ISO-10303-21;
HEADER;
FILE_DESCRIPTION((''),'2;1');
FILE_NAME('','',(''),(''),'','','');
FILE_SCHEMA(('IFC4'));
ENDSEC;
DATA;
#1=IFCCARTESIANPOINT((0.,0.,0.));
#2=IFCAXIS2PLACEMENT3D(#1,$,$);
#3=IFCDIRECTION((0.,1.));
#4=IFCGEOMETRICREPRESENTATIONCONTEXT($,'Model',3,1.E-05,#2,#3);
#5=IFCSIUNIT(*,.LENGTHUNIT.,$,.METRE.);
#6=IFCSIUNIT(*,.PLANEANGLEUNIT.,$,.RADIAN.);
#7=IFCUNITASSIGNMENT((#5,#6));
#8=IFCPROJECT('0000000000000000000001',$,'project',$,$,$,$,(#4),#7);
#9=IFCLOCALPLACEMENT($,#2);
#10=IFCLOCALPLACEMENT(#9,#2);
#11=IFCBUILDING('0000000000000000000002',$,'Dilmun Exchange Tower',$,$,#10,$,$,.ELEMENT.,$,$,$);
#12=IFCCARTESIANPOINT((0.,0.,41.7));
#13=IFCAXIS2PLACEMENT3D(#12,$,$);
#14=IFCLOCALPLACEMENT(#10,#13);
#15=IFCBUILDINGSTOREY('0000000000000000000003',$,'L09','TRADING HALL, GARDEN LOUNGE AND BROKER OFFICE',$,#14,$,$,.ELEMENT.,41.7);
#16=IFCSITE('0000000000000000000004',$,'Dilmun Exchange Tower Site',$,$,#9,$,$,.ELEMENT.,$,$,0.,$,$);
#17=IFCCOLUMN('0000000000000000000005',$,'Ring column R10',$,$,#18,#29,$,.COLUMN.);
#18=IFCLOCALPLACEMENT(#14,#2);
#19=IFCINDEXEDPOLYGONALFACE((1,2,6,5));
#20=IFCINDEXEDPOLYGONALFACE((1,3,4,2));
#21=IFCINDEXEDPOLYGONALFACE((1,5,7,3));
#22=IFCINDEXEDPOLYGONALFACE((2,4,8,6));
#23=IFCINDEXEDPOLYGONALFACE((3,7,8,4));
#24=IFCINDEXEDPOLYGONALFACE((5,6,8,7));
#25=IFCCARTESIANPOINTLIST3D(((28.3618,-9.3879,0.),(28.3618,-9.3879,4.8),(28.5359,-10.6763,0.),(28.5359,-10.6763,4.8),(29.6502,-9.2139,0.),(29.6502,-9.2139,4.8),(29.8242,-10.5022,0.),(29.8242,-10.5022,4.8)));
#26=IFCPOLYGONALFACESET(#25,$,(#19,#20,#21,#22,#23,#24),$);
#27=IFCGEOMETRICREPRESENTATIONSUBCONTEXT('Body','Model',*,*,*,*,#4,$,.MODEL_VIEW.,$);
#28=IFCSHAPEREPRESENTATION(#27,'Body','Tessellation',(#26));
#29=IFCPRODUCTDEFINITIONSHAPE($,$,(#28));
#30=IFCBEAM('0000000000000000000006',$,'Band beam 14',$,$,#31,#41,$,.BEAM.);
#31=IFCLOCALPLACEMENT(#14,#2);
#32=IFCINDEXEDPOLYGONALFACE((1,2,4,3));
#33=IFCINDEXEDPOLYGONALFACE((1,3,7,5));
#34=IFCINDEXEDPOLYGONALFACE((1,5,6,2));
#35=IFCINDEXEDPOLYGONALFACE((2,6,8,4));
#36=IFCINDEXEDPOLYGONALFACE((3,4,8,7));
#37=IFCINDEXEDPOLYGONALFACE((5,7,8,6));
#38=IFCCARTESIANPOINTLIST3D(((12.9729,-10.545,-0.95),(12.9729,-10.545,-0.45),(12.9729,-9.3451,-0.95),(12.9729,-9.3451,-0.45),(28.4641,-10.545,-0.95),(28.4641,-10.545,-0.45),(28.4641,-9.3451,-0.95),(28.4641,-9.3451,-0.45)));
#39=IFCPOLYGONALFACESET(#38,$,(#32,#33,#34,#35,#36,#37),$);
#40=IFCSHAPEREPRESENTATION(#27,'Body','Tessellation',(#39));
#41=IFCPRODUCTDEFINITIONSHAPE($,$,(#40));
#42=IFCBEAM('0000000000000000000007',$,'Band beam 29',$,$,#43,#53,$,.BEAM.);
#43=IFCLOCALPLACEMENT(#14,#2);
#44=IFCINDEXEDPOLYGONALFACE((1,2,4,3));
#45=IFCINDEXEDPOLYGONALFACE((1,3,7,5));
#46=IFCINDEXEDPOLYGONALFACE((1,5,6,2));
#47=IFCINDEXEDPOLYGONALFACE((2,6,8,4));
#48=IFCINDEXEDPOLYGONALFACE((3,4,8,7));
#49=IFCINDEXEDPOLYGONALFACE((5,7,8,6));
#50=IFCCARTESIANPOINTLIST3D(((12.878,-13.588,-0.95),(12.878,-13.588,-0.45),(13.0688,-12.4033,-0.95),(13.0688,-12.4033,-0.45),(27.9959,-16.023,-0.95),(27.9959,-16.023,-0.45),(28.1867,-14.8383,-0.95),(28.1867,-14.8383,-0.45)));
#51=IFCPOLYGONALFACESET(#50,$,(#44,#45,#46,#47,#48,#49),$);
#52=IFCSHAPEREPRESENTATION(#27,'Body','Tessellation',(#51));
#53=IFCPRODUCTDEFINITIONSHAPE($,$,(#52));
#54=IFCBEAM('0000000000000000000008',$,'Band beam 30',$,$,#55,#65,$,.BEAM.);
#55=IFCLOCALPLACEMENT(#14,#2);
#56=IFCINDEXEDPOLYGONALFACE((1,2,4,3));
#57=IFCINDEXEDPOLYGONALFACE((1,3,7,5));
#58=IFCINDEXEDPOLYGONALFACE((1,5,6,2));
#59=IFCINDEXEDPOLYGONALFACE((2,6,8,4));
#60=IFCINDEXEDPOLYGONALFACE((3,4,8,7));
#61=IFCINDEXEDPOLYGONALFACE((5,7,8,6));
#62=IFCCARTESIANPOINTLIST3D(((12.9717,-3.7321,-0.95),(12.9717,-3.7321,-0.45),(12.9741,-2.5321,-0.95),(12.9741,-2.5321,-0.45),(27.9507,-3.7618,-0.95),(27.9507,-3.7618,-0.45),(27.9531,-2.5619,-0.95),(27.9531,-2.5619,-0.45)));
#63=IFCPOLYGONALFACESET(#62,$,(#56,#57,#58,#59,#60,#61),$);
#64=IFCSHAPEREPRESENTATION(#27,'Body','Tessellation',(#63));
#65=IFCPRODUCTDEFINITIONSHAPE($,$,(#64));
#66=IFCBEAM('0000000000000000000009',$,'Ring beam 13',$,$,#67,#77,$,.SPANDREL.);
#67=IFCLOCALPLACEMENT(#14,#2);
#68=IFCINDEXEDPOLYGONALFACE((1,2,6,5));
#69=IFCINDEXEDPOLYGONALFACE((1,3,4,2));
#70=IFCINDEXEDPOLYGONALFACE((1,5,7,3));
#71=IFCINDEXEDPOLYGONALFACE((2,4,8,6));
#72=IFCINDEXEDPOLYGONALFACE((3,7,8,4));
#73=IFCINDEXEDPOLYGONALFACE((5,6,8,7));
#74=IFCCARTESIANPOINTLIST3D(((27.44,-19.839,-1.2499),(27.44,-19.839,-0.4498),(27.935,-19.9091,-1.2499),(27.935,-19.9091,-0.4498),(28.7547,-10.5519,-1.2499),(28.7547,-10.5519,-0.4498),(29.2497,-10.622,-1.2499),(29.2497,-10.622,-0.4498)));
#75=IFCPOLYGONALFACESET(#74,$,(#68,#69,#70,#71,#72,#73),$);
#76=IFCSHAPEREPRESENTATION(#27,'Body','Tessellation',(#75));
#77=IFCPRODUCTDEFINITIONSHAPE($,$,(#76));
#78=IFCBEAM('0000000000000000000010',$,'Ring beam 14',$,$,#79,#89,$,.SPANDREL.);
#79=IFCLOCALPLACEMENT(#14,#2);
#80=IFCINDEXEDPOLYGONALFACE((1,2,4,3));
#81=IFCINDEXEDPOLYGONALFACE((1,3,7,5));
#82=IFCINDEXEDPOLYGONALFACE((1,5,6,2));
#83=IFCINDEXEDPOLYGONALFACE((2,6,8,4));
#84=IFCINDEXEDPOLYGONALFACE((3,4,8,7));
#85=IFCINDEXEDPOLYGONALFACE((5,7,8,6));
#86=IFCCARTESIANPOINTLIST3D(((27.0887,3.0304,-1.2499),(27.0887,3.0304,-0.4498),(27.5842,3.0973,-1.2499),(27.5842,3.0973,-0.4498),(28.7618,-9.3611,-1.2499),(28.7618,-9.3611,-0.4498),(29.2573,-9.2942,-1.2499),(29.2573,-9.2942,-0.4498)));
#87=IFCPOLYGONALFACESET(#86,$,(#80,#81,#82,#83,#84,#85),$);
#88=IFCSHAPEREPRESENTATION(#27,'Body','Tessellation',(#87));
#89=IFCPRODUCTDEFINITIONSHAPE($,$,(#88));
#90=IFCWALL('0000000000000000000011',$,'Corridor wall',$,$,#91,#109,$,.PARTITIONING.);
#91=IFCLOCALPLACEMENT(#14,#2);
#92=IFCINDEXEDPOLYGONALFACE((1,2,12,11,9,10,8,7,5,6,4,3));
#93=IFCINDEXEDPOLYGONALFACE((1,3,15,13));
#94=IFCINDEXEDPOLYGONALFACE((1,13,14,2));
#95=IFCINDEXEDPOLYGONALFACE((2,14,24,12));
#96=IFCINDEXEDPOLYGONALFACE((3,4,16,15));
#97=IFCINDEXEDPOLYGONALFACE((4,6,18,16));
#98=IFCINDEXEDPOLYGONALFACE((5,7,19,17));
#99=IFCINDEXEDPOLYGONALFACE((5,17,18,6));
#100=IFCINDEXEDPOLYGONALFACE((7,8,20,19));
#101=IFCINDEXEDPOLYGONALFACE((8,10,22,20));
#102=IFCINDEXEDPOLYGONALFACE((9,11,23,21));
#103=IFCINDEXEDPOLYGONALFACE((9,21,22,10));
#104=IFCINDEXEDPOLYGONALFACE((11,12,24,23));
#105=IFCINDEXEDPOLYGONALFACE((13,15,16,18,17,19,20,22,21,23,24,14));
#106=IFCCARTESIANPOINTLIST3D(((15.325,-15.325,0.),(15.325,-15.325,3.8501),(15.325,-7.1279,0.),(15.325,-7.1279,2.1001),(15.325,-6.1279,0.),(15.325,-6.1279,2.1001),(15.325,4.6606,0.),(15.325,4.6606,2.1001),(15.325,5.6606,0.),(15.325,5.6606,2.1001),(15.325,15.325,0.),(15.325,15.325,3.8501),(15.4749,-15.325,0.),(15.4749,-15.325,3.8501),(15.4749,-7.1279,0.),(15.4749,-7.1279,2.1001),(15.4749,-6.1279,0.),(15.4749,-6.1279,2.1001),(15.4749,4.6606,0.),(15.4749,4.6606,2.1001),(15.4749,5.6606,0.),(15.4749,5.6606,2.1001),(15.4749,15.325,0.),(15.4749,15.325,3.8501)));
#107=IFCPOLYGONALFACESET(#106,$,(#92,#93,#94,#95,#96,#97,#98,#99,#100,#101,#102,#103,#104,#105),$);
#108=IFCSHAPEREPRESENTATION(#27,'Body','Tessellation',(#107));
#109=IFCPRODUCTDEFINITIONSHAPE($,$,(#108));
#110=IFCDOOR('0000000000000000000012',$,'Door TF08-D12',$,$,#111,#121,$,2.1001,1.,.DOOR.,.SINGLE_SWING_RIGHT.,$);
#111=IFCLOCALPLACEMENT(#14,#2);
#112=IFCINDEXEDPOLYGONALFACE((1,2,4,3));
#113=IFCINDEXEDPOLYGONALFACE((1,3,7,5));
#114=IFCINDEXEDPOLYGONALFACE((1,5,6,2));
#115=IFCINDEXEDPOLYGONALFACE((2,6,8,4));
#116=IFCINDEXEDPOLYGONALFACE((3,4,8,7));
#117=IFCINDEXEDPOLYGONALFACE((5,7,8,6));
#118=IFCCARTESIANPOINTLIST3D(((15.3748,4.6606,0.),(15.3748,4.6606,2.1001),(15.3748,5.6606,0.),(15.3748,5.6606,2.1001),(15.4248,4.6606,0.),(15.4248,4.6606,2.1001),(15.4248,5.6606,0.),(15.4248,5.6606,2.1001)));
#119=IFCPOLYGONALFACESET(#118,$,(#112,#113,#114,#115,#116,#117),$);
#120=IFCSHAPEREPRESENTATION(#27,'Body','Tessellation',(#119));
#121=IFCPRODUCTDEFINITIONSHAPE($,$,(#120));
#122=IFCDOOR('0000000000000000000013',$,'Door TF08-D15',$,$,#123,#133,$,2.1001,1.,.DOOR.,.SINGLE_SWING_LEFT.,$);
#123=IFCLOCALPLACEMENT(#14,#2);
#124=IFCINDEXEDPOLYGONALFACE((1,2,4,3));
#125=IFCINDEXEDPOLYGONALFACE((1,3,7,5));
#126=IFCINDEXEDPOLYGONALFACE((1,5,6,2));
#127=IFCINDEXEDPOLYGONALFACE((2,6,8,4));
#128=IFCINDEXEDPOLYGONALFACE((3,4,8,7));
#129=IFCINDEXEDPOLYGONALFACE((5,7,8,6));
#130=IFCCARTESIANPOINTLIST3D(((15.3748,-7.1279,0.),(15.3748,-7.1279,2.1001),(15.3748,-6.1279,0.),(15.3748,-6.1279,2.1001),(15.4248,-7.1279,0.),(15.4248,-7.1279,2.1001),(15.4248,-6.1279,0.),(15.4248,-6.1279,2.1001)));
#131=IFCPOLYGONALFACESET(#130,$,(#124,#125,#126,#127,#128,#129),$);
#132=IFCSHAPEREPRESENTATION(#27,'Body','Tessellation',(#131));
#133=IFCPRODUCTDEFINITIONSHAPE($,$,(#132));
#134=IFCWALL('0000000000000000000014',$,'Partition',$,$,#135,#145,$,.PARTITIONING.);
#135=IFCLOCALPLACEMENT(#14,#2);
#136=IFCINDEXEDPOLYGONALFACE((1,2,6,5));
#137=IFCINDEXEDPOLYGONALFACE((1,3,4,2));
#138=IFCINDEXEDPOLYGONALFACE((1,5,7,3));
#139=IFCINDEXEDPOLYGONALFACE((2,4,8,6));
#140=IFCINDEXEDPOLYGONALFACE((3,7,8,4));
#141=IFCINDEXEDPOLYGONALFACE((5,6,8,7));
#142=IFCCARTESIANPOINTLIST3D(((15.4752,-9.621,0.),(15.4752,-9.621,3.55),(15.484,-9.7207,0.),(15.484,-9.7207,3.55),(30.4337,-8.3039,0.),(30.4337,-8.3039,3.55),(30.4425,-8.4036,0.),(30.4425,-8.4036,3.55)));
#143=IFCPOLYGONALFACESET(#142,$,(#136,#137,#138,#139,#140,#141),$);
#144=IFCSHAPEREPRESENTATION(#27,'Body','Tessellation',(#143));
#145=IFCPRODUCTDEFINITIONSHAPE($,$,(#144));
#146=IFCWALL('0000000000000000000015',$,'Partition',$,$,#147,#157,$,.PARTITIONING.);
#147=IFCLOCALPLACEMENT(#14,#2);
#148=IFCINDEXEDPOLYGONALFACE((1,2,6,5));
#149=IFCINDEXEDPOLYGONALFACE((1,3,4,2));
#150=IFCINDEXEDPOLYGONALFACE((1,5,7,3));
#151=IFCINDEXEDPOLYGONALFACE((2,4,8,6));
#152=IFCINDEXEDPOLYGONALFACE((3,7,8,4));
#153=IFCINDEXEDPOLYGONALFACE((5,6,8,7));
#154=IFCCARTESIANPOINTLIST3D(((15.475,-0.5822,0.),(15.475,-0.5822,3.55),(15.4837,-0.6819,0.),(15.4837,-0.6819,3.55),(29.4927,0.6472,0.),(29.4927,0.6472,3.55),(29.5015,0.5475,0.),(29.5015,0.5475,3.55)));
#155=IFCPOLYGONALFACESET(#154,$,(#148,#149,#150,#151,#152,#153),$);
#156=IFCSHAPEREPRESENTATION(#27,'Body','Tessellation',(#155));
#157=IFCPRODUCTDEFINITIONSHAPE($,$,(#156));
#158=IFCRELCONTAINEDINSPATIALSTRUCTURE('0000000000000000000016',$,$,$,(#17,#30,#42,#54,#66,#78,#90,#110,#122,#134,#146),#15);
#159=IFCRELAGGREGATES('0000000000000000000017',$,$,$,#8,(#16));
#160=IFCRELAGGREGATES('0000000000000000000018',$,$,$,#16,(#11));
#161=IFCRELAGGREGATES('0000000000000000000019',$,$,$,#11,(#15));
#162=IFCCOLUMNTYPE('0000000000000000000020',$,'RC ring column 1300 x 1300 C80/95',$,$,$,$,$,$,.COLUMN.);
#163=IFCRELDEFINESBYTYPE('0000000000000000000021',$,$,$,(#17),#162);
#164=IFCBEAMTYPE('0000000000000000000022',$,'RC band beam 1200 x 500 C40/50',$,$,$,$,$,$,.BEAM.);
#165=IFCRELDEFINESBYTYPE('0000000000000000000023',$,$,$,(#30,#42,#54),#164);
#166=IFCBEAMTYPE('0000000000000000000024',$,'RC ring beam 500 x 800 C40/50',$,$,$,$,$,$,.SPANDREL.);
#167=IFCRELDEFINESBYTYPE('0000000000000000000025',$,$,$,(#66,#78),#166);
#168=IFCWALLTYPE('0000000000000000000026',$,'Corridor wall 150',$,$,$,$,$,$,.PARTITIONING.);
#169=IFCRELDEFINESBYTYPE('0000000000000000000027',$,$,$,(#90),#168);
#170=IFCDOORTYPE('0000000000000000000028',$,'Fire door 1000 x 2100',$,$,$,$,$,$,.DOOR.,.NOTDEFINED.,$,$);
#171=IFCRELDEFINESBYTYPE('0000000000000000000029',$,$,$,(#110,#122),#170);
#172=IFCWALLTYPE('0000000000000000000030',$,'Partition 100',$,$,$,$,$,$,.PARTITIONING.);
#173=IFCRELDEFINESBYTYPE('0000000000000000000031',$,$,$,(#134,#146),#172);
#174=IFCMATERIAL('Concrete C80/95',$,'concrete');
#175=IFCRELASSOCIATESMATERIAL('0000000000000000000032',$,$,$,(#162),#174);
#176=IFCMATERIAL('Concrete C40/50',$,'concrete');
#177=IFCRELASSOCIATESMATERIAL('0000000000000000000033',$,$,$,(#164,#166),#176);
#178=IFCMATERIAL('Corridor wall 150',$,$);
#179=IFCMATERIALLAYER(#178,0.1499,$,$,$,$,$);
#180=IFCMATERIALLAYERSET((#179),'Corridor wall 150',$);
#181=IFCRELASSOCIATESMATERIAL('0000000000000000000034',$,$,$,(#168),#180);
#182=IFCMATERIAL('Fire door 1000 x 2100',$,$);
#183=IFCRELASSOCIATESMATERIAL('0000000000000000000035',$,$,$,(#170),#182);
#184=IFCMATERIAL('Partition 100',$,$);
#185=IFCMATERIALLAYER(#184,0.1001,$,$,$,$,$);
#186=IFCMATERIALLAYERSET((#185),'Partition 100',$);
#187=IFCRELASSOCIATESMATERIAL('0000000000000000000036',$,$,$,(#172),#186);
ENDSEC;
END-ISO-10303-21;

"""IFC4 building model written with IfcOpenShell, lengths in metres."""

from ifc_helpers import new_model, si_unit, direction, frame, frame_2d, origin, origin_2d, place, context, subcontext, project, spatial, rectangle, extrude, material, layer, layer_set, material_profile, profile_set, type_object, element, fill, save


model = new_model("IFC4")

# Units and contexts
model_context = context("Model", 3, precision=1e-05, world=origin(), true_north=direction((0.0, 1.0)))
body_context = subcontext(model_context, "Body", "Model", "MODEL_VIEW")
ifc_project = project(units=[si_unit("LENGTHUNIT", "METRE"), si_unit("PLANEANGLEUNIT", "RADIAN")], contexts=[model_context])

# Site, building, storey
site_placement = place(None, origin())
site = spatial("IfcSite", under=ifc_project, at=site_placement, Name="Dilmun Exchange Tower Site", CompositionType="ELEMENT", RefElevation=0.0)
building_placement = place(site_placement, origin())
building = spatial("IfcBuilding", under=site, at=building_placement, Name="Dilmun Exchange Tower", CompositionType="ELEMENT")
storey_placement = place(building_placement, frame((0.0, 0.0, 41.7)))
storey = spatial("IfcBuildingStorey", under=building, at=storey_placement, Name="L09", Description="TRADING HALL, GARDEN LOUNGE AND BROKER OFFICE", CompositionType="ELEMENT", Elevation=41.7)

# Column
ifc_material_1 = material(Name="Concrete C80/95", Category="concrete")
ifc_material_profile_1 = material_profile(ifc_material_1, rectangle(XDim=1.3, YDim=1.3, at=origin_2d()), Name="1300 x 1300")
ifc_profile_set_1 = profile_set([ifc_material_profile_1], Name="Concrete C80/95")
column_type = type_object("IfcColumnType", Name="RC ring column 1300 x 1300 C80/95", PredefinedType="COLUMN", material=ifc_profile_set_1)
column_placement = place(storey_placement, frame((29.093, -9.9451, 0.0), z_axis=(0.0, 0.0, 1.0), x_axis=(0.991001, 0.133853, 0.0)))
element("IfcColumn", 1, at=column_placement, inside=storey, type_object=column_type, Name="Ring column R10", PredefinedType="COLUMN", context=body_context, shape_type="SweptSolid", body=[
    extrude(rectangle(XDim=1.3, YDim=1.3, at=origin_2d()), origin(), (0.0, 0.0, 1.0), 4.8),
])

# Beams
ifc_material_2 = material(Name="Concrete C40/50", Category="concrete")
ifc_material_profile_2 = material_profile(ifc_material_2, rectangle(XDim=1.2, YDim=0.5, at=origin_2d()), Name="1200 x 500")
ifc_profile_set_2 = profile_set([ifc_material_profile_2], Name="Concrete C40/50")
beam_type_1 = type_object("IfcBeamType", Name="RC band beam 1200 x 500 C40/50", PredefinedType="BEAM", material=ifc_profile_set_2)
beam_1_placement = place(storey_placement, frame((28.4641, -9.9451, -0.7), z_axis=(-1.0, 0.0, 0.0), x_axis=(0.0, -1.0, 0.0)))
element("IfcBeam", 2, at=beam_1_placement, inside=storey, type_object=beam_type_1, Name="Band beam 14", PredefinedType="BEAM", context=body_context, shape_type="SweptSolid", body=[
    extrude(rectangle(XDim=1.2, YDim=0.5, at=origin_2d()), origin(), (0.0, 0.0, 1.0), 15.4912),
])
beam_2_placement = place(storey_placement, frame((28.0913, -15.4307, -0.7), z_axis=(-0.987275, 0.159021, 0.0), x_axis=(-0.159021, -0.987275, 0.0)))
element("IfcBeam", 3, at=beam_2_placement, inside=storey, type_object=beam_type_1, Name="Band beam 29", PredefinedType="BEAM", context=body_context, shape_type="SweptSolid", body=[
    extrude(rectangle(XDim=1.2, YDim=0.5, at=origin_2d()), origin(), (0.0, 0.0, 1.0), 15.3127),
])
beam_3_placement = place(storey_placement, frame((27.9519, -3.1619, -0.7), z_axis=(-0.999998, 0.001988, 0.0), x_axis=(-0.001988, -0.999998, 0.0)))
element("IfcBeam", 4, at=beam_3_placement, inside=storey, type_object=beam_type_1, Name="Band beam 30", PredefinedType="BEAM", context=body_context, shape_type="SweptSolid", body=[
    extrude(rectangle(XDim=1.2, YDim=0.5, at=origin_2d()), origin(), (0.0, 0.0, 1.0), 14.979),
])
ifc_material_profile_3 = material_profile(ifc_material_2, rectangle(XDim=0.5, YDim=0.8, at=origin_2d()), Name="500 x 800")
ifc_profile_set_3 = profile_set([ifc_material_profile_3], Name="Concrete C40/50")
beam_type_2 = type_object("IfcBeamType", Name="RC ring beam 500 x 800 C40/50", PredefinedType="SPANDREL", material=ifc_profile_set_3)
beam_4_placement = place(storey_placement, frame((27.6875, -19.874, -0.8499), z_axis=(0.140164, 0.990128, 0.0), x_axis=(-0.990128, 0.140164, 0.0)))
element("IfcBeam", 5, at=beam_4_placement, inside=storey, type_object=beam_type_2, Name="Ring beam 13", PredefinedType="SPANDREL", context=body_context, shape_type="SweptSolid", body=[
    extrude(rectangle(XDim=0.5, YDim=0.8, at=origin_2d()), origin(), (0.0, 0.0, 1.0), 9.3796),
])
beam_5_placement = place(storey_placement, frame((29.0095, -9.3276, -0.8499), z_axis=(-0.133807, 0.991007, 0.0), x_axis=(-0.991007, -0.133807, 0.0)))
element("IfcBeam", 6, at=beam_5_placement, inside=storey, type_object=beam_type_2, Name="Ring beam 14", PredefinedType="SPANDREL", context=body_context, shape_type="SweptSolid", body=[
    extrude(rectangle(XDim=0.5, YDim=0.8, at=origin_2d()), origin(), (0.0, 0.0, 1.0), 12.5039),
])

# Wall, openings, doors
ifc_material_3 = material(Name="Corridor wall 150")
ifc_layer_1 = layer(ifc_material_3, 0.1499)
ifc_layer_set_1 = layer_set([ifc_layer_1], Name="Corridor wall 150")
wall_type_1 = type_object("IfcWallType", Name="Corridor wall 150", PredefinedType="PARTITIONING", material=ifc_layer_set_1)
wall_1_placement = place(storey_placement, frame((15.3999, -15.325, 0.0), z_axis=(0.0, 0.0, 1.0), x_axis=(0.0, 1.0, 0.0)))
wall_1 = element("IfcWall", 7, at=wall_1_placement, inside=storey, type_object=wall_type_1, Name="Corridor wall", PredefinedType="PARTITIONING", context=body_context, shape_type="SweptSolid", body=[
    extrude(rectangle(XDim=30.6499, YDim=0.1499, at=frame_2d((15.325, 0.0))), origin(), (0.0, 0.0, 1.0), 3.8501),
])
opening_1_placement = place(wall_1_placement, frame((19.9856, 0.0, 0.0)))
opening_1 = element("IfcOpeningElement", 8, at=opening_1_placement, cuts=wall_1, PredefinedType="OPENING", context=body_context, shape_type="SweptSolid", body=[
    extrude(rectangle(XDim=1.0, YDim=2.1001, at=frame_2d((0.5, 1.05))), frame((0.0, 0.085, 0.0), z_axis=(0.0, -1.0, 0.0), x_axis=(1.0, 0.0, 0.0)), (0.0, 0.0, 1.0), 0.1699),
])
opening_2_placement = place(wall_1_placement, frame((8.197, 0.0, 0.0)))
opening_2 = element("IfcOpeningElement", 9, at=opening_2_placement, cuts=wall_1, PredefinedType="OPENING", context=body_context, shape_type="SweptSolid", body=[
    extrude(rectangle(XDim=1.0, YDim=2.1001, at=frame_2d((0.5, 1.05))), frame((0.0, 0.085, 0.0), z_axis=(0.0, -1.0, 0.0), x_axis=(1.0, 0.0, 0.0)), (0.0, 0.0, 1.0), 0.1699),
])
ifc_material_4 = material(Name="Fire door 1000 x 2100")
door_type_1 = type_object("IfcDoorType", Name="Fire door 1000 x 2100", OperationType="NOTDEFINED", PredefinedType="DOOR", material=ifc_material_4)
door_1_placement = place(opening_1_placement, frame((1.0, 0.0, 0.0), z_axis=(0.0, 0.0, 1.0), x_axis=(-1.0, 0.0, 0.0)))
door_1 = element("IfcDoor", 10, at=door_1_placement, inside=storey, type_object=door_type_1, Name="Door TF08-D12", OperationType="SINGLE_SWING_RIGHT", OverallHeight=2.1001, OverallWidth=1.0, PredefinedType="DOOR", context=body_context, shape_type="SweptSolid", body=[
    extrude(rectangle(XDim=1.0, YDim=2.1001, at=frame_2d((0.5, 1.05))), frame((0.0, 0.0249, 0.0), z_axis=(0.0, -1.0, 0.0), x_axis=(1.0, 0.0, 0.0)), (0.0, 0.0, 1.0), 0.05),
])
fill(opening_1, door_1)
door_2_placement = place(opening_2_placement, frame((1.0, 0.0, 0.0), z_axis=(0.0, 0.0, 1.0), x_axis=(-1.0, 0.0, 0.0)))
door_2 = element("IfcDoor", 11, at=door_2_placement, inside=storey, type_object=door_type_1, Name="Door TF08-D15", OperationType="SINGLE_SWING_LEFT", OverallHeight=2.1001, OverallWidth=1.0, PredefinedType="DOOR", context=body_context, shape_type="SweptSolid", body=[
    extrude(rectangle(XDim=1.0, YDim=2.1001, at=frame_2d((0.5, 1.05))), frame((0.0, 0.0249, 0.0), z_axis=(0.0, -1.0, 0.0), x_axis=(1.0, 0.0, 0.0)), (0.0, 0.0, 1.0), 0.05),
])
fill(opening_2, door_2)

# Walls
ifc_material_5 = material(Name="Partition 100")
ifc_layer_2 = layer(ifc_material_5, 0.1001)
ifc_layer_set_2 = layer_set([ifc_layer_2], Name="Partition 100")
wall_type_2 = type_object("IfcWallType", Name="Partition 100", PredefinedType="PARTITIONING", material=ifc_layer_set_2)
wall_2_placement = place(storey_placement, frame((15.4795, -9.6709, 0.0), z_axis=(0.0, 0.0, 1.0), x_axis=(0.996146, 0.087714, 0.0)))
element("IfcWall", 12, at=wall_2_placement, inside=storey, type_object=wall_type_2, Name="Partition", PredefinedType="PARTITIONING", context=body_context, shape_type="SweptSolid", body=[
    extrude(rectangle(XDim=15.0164, YDim=0.1001, at=frame_2d((7.5083, 0.0))), origin(), (0.0, 0.0, 1.0), 3.55),
])
wall_3_placement = place(storey_placement, frame((15.4795, -0.6321, 0.0), z_axis=(0.0, 0.0, 1.0), x_axis=(0.996176, 0.087374, 0.0)))
element("IfcWall", 13, at=wall_3_placement, inside=storey, type_object=wall_type_2, Name="Partition", PredefinedType="PARTITIONING", context=body_context, shape_type="SweptSolid", body=[
    extrude(rectangle(XDim=14.0715, YDim=0.1001, at=frame_2d((7.0356, 0.0))), origin(), (0.0, 0.0, 1.0), 3.55),
])

save(model, "model.ifc")
